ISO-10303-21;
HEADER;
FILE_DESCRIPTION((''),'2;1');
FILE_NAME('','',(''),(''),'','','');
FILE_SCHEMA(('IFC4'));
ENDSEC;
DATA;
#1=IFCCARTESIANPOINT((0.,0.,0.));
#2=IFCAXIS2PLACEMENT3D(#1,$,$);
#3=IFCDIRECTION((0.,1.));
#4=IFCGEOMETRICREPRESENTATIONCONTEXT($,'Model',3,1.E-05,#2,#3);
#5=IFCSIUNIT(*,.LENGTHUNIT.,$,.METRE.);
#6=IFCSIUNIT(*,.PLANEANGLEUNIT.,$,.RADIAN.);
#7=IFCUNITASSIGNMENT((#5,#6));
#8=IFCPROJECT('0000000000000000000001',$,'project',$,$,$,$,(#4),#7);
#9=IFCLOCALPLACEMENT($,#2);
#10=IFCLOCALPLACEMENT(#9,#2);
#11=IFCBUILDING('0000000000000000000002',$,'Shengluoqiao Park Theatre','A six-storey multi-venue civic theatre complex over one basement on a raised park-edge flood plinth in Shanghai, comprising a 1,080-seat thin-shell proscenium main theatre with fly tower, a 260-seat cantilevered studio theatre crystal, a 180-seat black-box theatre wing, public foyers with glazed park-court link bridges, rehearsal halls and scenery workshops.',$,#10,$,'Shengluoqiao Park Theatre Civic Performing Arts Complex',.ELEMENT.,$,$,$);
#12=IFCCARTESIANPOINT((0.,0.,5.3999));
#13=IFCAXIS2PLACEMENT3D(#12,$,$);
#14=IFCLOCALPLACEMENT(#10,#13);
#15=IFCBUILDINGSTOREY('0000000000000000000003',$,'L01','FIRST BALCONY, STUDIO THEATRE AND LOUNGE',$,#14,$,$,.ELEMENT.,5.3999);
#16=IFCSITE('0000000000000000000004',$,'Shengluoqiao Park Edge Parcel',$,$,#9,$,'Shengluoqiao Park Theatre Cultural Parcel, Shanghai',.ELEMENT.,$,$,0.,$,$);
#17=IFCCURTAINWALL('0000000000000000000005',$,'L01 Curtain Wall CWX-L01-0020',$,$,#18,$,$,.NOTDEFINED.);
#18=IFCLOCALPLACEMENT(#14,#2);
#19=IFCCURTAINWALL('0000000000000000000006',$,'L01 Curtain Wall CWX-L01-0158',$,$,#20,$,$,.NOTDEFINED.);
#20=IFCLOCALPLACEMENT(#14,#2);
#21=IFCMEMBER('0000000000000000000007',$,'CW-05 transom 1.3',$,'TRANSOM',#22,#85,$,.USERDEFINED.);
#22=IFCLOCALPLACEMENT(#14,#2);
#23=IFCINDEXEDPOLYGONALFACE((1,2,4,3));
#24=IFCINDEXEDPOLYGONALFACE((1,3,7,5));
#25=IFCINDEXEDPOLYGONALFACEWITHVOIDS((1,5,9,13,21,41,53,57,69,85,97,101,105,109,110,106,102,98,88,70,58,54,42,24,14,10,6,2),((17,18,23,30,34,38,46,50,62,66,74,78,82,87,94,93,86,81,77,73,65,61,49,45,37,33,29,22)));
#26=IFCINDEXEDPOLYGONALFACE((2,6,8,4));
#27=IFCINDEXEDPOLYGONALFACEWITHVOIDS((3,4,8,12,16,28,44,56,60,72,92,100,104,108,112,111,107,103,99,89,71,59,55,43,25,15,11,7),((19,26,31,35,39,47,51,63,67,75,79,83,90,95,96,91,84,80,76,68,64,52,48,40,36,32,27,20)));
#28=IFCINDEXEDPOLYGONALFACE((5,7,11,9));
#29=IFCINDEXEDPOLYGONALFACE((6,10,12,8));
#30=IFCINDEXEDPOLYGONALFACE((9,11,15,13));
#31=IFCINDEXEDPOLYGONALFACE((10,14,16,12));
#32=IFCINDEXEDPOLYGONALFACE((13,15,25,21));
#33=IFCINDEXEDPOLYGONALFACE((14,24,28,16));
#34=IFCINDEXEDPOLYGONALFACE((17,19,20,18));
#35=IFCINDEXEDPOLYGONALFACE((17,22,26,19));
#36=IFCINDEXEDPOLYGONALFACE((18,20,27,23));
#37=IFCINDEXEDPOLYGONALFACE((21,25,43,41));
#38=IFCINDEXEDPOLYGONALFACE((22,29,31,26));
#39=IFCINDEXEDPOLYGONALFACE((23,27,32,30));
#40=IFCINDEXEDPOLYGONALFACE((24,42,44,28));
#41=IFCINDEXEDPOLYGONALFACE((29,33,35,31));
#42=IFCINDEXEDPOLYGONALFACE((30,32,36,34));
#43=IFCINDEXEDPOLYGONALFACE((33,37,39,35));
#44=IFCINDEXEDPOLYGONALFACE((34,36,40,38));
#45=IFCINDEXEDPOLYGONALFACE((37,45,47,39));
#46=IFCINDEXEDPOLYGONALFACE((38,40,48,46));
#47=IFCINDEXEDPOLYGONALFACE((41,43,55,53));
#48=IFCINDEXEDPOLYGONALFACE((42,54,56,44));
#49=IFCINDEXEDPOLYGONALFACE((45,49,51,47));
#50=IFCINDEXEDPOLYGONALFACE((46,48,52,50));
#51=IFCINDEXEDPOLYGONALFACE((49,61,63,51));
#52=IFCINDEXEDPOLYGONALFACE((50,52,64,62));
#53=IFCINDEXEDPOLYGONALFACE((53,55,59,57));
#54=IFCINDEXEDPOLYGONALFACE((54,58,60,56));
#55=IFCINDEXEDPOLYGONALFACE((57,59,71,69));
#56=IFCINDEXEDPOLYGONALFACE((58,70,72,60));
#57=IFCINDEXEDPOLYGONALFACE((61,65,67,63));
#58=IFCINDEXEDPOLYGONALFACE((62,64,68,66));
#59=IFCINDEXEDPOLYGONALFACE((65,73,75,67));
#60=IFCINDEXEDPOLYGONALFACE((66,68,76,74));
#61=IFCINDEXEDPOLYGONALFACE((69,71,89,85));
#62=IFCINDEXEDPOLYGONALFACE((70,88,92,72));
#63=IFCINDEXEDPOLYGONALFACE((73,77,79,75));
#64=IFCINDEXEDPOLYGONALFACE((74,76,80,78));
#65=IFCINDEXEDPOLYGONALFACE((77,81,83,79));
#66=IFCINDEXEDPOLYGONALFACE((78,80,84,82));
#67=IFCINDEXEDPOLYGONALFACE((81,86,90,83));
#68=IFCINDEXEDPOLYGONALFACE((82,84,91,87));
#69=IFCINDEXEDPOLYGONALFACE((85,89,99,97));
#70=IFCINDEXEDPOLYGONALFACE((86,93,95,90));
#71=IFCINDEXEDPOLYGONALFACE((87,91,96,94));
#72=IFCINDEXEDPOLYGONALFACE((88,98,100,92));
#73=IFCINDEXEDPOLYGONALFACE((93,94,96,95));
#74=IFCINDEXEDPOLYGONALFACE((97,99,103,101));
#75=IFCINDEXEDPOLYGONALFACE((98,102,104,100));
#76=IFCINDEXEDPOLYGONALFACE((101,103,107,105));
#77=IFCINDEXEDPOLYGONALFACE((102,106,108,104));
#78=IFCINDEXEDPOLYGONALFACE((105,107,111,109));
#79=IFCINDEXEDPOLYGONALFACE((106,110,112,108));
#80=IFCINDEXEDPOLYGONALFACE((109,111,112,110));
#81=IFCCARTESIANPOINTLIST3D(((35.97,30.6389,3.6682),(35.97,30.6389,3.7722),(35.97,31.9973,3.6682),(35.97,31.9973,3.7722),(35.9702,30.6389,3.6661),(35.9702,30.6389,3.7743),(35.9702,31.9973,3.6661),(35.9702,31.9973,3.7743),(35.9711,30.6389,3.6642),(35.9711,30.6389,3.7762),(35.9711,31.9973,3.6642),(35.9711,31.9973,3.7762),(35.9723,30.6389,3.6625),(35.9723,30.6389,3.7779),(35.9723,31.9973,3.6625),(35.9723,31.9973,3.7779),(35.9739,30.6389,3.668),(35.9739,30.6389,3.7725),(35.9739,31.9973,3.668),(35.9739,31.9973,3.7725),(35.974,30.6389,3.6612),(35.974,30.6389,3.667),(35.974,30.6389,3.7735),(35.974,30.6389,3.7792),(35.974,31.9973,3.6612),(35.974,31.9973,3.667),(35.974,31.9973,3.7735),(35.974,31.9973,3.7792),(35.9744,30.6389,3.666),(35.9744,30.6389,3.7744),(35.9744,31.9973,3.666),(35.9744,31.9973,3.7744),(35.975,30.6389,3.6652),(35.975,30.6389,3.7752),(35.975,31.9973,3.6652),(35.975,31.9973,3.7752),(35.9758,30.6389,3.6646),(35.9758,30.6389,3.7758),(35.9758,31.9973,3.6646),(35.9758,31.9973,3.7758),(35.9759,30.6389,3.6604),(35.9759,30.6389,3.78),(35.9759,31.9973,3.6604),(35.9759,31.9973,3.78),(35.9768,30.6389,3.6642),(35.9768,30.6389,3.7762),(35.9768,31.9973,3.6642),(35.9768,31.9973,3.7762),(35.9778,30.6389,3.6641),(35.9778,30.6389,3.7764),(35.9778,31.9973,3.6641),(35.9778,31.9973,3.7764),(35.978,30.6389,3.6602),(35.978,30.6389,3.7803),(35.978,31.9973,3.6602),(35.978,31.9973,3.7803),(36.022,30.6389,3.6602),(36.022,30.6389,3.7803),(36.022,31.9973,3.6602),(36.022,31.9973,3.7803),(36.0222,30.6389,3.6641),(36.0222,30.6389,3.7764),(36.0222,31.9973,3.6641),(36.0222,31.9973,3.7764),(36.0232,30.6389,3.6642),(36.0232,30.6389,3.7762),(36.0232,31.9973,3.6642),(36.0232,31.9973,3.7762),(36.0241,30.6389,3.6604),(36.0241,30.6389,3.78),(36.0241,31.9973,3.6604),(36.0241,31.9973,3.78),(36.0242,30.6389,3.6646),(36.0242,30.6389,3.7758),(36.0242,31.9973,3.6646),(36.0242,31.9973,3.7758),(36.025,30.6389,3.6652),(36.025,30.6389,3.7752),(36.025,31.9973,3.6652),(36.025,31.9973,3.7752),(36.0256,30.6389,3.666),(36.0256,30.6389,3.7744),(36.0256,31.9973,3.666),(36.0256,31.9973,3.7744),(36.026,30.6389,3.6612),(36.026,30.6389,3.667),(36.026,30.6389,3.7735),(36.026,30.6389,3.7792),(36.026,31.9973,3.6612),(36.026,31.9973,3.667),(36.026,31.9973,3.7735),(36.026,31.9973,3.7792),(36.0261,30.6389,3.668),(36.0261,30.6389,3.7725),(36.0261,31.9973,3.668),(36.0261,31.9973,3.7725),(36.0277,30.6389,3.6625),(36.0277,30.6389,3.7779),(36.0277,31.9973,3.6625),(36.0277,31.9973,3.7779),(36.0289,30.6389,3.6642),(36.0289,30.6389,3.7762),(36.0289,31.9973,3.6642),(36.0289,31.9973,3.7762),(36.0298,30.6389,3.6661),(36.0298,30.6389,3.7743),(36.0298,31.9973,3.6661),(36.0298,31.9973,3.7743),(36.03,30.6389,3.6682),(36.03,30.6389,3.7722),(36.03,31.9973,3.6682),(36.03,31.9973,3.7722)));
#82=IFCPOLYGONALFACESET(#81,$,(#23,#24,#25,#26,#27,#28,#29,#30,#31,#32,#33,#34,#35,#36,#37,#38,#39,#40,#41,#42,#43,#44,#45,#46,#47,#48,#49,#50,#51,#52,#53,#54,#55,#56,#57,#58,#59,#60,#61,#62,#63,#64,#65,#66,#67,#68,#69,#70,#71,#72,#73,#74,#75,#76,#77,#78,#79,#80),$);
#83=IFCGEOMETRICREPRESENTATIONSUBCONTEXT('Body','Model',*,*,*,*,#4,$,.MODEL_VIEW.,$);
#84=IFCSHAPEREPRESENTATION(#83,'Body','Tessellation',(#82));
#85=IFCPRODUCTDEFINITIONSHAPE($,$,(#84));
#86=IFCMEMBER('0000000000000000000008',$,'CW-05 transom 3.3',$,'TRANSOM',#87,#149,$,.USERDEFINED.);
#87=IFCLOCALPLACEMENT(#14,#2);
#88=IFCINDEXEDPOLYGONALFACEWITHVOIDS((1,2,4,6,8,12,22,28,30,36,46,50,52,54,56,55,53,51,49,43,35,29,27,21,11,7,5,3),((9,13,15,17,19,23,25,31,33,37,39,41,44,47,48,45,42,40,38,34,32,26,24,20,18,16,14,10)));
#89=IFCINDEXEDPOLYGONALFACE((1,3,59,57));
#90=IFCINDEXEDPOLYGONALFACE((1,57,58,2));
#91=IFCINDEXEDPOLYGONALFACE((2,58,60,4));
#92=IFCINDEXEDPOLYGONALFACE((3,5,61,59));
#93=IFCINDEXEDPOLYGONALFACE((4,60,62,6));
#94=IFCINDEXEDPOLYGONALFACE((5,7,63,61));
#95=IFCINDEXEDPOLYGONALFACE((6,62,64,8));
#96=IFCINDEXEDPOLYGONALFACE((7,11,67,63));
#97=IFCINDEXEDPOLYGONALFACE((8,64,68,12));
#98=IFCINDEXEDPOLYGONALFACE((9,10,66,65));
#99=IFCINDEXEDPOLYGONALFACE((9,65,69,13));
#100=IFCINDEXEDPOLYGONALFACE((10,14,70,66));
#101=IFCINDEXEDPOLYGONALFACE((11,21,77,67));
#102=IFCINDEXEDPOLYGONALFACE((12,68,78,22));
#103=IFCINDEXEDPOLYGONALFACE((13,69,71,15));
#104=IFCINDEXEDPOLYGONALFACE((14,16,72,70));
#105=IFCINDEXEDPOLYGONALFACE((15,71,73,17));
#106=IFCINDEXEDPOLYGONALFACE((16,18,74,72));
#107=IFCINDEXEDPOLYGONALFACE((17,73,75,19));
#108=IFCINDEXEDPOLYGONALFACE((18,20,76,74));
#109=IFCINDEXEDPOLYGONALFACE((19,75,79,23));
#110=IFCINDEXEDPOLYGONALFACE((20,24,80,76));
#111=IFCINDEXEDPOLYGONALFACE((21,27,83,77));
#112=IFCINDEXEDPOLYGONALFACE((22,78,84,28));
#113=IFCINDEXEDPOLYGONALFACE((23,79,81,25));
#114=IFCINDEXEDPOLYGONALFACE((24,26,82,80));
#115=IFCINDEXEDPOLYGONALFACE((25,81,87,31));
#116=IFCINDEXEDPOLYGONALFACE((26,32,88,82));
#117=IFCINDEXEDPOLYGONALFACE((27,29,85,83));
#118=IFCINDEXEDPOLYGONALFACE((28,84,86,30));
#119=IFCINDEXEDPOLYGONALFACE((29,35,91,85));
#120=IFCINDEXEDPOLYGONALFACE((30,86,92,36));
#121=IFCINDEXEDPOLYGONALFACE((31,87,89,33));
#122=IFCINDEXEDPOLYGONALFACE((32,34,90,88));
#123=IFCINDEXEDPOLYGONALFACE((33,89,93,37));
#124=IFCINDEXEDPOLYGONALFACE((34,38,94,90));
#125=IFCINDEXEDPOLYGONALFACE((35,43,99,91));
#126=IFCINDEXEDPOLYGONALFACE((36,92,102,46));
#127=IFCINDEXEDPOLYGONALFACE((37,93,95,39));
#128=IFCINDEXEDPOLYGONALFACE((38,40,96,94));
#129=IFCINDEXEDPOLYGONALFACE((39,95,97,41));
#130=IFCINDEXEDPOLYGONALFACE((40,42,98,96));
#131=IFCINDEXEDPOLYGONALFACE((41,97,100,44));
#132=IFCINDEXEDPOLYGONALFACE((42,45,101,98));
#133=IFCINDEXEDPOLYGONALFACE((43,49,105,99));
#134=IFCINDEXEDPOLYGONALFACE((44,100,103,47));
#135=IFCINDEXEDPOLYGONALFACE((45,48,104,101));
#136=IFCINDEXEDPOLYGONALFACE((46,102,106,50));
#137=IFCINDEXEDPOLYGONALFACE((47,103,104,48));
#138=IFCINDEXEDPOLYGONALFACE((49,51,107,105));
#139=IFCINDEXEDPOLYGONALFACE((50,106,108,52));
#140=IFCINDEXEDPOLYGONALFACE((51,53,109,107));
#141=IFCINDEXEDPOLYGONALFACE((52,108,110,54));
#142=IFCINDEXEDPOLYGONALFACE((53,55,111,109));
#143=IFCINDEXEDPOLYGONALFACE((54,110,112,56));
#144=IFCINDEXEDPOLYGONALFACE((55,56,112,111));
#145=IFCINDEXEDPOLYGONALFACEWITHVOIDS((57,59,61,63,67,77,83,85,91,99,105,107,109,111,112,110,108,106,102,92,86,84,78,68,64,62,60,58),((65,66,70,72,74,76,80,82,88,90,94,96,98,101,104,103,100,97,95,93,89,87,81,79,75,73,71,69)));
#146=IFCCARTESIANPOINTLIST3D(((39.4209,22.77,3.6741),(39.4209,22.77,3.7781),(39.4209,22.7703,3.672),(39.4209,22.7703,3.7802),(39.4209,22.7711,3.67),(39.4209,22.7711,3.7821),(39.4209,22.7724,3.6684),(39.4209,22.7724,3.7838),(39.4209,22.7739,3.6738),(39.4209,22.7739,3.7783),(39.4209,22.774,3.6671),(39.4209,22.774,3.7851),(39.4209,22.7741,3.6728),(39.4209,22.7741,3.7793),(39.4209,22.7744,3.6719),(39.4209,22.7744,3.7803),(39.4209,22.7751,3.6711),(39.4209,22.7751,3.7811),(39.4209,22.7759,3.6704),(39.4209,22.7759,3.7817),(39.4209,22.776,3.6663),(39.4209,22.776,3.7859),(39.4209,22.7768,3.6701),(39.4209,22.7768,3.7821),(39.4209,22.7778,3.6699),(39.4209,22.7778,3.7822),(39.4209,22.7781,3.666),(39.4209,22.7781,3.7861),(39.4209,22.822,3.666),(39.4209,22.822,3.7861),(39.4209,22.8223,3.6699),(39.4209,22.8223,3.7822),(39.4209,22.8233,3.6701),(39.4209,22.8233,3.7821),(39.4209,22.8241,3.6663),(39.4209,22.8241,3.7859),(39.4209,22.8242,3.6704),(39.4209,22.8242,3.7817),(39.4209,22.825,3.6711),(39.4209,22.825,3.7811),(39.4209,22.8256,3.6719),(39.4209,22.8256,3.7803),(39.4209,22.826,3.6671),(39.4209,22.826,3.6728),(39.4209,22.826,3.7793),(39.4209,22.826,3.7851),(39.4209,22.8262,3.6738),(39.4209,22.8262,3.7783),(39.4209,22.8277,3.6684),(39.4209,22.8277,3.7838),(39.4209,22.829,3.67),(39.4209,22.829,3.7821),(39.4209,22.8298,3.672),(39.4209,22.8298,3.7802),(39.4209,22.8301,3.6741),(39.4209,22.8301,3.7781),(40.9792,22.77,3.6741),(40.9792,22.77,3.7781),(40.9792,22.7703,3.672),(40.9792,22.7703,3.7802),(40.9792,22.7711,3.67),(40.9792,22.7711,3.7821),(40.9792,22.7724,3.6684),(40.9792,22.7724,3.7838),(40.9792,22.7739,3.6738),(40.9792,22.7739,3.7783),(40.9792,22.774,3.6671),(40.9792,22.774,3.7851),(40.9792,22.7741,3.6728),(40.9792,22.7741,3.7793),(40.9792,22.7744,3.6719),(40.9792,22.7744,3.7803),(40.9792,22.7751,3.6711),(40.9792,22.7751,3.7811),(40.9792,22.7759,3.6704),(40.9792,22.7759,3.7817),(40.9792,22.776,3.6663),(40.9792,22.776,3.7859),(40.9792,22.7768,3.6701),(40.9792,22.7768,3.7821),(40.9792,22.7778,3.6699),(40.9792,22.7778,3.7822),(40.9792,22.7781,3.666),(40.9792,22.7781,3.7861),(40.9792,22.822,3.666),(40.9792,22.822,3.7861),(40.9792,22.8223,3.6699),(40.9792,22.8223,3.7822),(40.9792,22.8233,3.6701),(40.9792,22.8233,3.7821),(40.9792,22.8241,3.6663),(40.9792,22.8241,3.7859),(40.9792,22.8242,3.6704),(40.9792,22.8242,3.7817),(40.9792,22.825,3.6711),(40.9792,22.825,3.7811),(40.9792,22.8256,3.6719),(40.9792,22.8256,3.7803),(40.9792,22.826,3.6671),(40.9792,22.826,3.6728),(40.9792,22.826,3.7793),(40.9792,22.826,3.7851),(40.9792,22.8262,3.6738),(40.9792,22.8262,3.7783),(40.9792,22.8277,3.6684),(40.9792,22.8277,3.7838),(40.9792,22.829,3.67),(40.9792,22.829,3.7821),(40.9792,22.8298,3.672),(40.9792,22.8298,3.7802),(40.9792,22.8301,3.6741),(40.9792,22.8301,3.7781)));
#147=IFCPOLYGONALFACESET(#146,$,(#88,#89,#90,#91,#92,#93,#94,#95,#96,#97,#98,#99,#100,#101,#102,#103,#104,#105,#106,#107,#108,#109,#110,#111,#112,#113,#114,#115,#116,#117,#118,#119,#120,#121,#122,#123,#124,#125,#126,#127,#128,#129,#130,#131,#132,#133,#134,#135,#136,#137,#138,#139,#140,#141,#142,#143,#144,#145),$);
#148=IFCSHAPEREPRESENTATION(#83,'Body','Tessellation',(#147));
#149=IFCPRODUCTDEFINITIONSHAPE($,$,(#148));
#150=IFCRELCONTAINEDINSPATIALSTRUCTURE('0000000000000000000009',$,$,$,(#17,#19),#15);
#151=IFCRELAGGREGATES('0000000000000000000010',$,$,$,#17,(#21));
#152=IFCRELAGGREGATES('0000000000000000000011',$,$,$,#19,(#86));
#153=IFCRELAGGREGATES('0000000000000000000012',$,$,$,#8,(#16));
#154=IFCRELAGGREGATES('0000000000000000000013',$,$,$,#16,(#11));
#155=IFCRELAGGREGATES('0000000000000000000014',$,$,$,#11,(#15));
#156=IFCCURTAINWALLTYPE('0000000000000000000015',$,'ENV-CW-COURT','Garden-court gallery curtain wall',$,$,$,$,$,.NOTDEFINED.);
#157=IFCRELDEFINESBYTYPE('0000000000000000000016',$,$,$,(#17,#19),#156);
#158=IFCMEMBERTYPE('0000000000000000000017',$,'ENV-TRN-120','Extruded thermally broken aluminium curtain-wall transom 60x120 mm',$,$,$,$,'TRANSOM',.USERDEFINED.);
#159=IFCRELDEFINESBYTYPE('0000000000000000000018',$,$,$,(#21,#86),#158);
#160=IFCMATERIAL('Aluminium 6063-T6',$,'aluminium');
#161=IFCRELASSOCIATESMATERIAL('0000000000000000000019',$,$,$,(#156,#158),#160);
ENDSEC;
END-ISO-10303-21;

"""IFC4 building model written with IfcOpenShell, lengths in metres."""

from ifc_helpers import new_model, si_unit, direction, frame, origin, origin_2d, place, context, subcontext, project, spatial, hollow_rectangle, extrude, material, material_profile, profile_set, type_object, element, aggregate, save


model = new_model("IFC4")

# Units and contexts
model_context = context("Model", 3, precision=1e-05, world=origin(), true_north=direction((0.0, 1.0)))
body_context = subcontext(model_context, "Body", "Model", "MODEL_VIEW")
ifc_project = project(units=[si_unit("LENGTHUNIT", "METRE"), si_unit("PLANEANGLEUNIT", "RADIAN")], contexts=[model_context])

# Site, building, storey
site_placement = place(None, origin())
site = spatial("IfcSite", under=ifc_project, at=site_placement, Name="Shengluoqiao Park Edge Parcel", LongName="Shengluoqiao Park Theatre Cultural Parcel, Shanghai", CompositionType="ELEMENT", RefElevation=0.0)
building_placement = place(site_placement, origin())
building = spatial("IfcBuilding", under=site, at=building_placement, Name="Shengluoqiao Park Theatre", Description="A six-storey multi-venue civic theatre complex over one basement on a raised park-edge flood plinth in Shanghai, comprising a 1,080-seat thin-shell proscenium main theatre with fly tower, a 260-seat cantilevered studio theatre crystal, a 180-seat black-box theatre wing, public foyers with glazed park-court link bridges, rehearsal halls and scenery workshops.", LongName="Shengluoqiao Park Theatre Civic Performing Arts Complex", CompositionType="ELEMENT")
storey_placement = place(building_placement, frame((0.0, 0.0, 5.3999)))
storey = spatial("IfcBuildingStorey", under=building, at=storey_placement, Name="L01", Description="FIRST BALCONY, STUDIO THEATRE AND LOUNGE", CompositionType="ELEMENT", Elevation=5.3999)

# Curtain walls
ifc_material_1 = material(Name="Aluminium 6063-T6", Category="aluminium")
curtain_wall_type = type_object("IfcCurtainWallType", Name="ENV-CW-COURT", Description="Garden-court gallery curtain wall", PredefinedType="NOTDEFINED", material=ifc_material_1)
curtain_wall_1_placement = place(storey_placement, origin())
curtain_wall_1 = element("IfcCurtainWall", 1, at=curtain_wall_1_placement, inside=storey, type_object=curtain_wall_type, Name="L01 Curtain Wall CWX-L01-0020", PredefinedType="NOTDEFINED")
curtain_wall_2_placement = place(storey_placement, origin())
curtain_wall_2 = element("IfcCurtainWall", 2, at=curtain_wall_2_placement, inside=storey, type_object=curtain_wall_type, Name="L01 Curtain Wall CWX-L01-0158", PredefinedType="NOTDEFINED")

# Members
ifc_material_profile_1 = material_profile(ifc_material_1, hollow_rectangle(XDim=0.0601, YDim=0.1201, WallThickness=0.0039, InnerFilletRadius=0.0039, OuterFilletRadius=0.0081, at=origin_2d()), Name="ALU TRANSOM 120x60x4")
ifc_profile_set_1 = profile_set([ifc_material_profile_1], Name="Aluminium 6063-T6")
member_type_1 = type_object("IfcMemberType", Name="ENV-TRN-120", Description="Extruded thermally broken aluminium curtain-wall transom 60x120 mm", ElementType="TRANSOM", PredefinedType="USERDEFINED", material=ifc_profile_set_1)
member_1_placement = place(storey_placement, frame((36.0, 30.6389, 3.7202), z_axis=(0.0, 1.0, 0.0), x_axis=(-1.0, 0.0, 0.0)))
member_1 = element("IfcMember", 3, at=member_1_placement, type_object=member_type_1, Name="CW-05 transom 1.3", ObjectType="TRANSOM", PredefinedType="USERDEFINED", context=body_context, shape_type="SweptSolid", body=[
    extrude(hollow_rectangle(XDim=0.0601, YDim=0.1201, WallThickness=0.0039, InnerFilletRadius=0.0039, OuterFilletRadius=0.0081, at=origin_2d()), origin(), (0.0, 0.0, 1.0), 1.3584),
])
member_2_placement = place(storey_placement, frame((39.4209, 22.8, 3.7261), z_axis=(1.0, 0.0, 0.0), x_axis=(0.0, 1.0, 0.0)))
member_2 = element("IfcMember", 4, at=member_2_placement, type_object=member_type_1, Name="CW-05 transom 3.3", ObjectType="TRANSOM", PredefinedType="USERDEFINED", context=body_context, shape_type="SweptSolid", body=[
    extrude(hollow_rectangle(XDim=0.0601, YDim=0.1201, WallThickness=0.0039, InnerFilletRadius=0.0039, OuterFilletRadius=0.0081, at=origin_2d()), origin(), (0.0, 0.0, 1.0), 1.5583),
])

aggregate(curtain_wall_1, [member_1])
aggregate(curtain_wall_2, [member_2])

save(model, "model.ifc")
